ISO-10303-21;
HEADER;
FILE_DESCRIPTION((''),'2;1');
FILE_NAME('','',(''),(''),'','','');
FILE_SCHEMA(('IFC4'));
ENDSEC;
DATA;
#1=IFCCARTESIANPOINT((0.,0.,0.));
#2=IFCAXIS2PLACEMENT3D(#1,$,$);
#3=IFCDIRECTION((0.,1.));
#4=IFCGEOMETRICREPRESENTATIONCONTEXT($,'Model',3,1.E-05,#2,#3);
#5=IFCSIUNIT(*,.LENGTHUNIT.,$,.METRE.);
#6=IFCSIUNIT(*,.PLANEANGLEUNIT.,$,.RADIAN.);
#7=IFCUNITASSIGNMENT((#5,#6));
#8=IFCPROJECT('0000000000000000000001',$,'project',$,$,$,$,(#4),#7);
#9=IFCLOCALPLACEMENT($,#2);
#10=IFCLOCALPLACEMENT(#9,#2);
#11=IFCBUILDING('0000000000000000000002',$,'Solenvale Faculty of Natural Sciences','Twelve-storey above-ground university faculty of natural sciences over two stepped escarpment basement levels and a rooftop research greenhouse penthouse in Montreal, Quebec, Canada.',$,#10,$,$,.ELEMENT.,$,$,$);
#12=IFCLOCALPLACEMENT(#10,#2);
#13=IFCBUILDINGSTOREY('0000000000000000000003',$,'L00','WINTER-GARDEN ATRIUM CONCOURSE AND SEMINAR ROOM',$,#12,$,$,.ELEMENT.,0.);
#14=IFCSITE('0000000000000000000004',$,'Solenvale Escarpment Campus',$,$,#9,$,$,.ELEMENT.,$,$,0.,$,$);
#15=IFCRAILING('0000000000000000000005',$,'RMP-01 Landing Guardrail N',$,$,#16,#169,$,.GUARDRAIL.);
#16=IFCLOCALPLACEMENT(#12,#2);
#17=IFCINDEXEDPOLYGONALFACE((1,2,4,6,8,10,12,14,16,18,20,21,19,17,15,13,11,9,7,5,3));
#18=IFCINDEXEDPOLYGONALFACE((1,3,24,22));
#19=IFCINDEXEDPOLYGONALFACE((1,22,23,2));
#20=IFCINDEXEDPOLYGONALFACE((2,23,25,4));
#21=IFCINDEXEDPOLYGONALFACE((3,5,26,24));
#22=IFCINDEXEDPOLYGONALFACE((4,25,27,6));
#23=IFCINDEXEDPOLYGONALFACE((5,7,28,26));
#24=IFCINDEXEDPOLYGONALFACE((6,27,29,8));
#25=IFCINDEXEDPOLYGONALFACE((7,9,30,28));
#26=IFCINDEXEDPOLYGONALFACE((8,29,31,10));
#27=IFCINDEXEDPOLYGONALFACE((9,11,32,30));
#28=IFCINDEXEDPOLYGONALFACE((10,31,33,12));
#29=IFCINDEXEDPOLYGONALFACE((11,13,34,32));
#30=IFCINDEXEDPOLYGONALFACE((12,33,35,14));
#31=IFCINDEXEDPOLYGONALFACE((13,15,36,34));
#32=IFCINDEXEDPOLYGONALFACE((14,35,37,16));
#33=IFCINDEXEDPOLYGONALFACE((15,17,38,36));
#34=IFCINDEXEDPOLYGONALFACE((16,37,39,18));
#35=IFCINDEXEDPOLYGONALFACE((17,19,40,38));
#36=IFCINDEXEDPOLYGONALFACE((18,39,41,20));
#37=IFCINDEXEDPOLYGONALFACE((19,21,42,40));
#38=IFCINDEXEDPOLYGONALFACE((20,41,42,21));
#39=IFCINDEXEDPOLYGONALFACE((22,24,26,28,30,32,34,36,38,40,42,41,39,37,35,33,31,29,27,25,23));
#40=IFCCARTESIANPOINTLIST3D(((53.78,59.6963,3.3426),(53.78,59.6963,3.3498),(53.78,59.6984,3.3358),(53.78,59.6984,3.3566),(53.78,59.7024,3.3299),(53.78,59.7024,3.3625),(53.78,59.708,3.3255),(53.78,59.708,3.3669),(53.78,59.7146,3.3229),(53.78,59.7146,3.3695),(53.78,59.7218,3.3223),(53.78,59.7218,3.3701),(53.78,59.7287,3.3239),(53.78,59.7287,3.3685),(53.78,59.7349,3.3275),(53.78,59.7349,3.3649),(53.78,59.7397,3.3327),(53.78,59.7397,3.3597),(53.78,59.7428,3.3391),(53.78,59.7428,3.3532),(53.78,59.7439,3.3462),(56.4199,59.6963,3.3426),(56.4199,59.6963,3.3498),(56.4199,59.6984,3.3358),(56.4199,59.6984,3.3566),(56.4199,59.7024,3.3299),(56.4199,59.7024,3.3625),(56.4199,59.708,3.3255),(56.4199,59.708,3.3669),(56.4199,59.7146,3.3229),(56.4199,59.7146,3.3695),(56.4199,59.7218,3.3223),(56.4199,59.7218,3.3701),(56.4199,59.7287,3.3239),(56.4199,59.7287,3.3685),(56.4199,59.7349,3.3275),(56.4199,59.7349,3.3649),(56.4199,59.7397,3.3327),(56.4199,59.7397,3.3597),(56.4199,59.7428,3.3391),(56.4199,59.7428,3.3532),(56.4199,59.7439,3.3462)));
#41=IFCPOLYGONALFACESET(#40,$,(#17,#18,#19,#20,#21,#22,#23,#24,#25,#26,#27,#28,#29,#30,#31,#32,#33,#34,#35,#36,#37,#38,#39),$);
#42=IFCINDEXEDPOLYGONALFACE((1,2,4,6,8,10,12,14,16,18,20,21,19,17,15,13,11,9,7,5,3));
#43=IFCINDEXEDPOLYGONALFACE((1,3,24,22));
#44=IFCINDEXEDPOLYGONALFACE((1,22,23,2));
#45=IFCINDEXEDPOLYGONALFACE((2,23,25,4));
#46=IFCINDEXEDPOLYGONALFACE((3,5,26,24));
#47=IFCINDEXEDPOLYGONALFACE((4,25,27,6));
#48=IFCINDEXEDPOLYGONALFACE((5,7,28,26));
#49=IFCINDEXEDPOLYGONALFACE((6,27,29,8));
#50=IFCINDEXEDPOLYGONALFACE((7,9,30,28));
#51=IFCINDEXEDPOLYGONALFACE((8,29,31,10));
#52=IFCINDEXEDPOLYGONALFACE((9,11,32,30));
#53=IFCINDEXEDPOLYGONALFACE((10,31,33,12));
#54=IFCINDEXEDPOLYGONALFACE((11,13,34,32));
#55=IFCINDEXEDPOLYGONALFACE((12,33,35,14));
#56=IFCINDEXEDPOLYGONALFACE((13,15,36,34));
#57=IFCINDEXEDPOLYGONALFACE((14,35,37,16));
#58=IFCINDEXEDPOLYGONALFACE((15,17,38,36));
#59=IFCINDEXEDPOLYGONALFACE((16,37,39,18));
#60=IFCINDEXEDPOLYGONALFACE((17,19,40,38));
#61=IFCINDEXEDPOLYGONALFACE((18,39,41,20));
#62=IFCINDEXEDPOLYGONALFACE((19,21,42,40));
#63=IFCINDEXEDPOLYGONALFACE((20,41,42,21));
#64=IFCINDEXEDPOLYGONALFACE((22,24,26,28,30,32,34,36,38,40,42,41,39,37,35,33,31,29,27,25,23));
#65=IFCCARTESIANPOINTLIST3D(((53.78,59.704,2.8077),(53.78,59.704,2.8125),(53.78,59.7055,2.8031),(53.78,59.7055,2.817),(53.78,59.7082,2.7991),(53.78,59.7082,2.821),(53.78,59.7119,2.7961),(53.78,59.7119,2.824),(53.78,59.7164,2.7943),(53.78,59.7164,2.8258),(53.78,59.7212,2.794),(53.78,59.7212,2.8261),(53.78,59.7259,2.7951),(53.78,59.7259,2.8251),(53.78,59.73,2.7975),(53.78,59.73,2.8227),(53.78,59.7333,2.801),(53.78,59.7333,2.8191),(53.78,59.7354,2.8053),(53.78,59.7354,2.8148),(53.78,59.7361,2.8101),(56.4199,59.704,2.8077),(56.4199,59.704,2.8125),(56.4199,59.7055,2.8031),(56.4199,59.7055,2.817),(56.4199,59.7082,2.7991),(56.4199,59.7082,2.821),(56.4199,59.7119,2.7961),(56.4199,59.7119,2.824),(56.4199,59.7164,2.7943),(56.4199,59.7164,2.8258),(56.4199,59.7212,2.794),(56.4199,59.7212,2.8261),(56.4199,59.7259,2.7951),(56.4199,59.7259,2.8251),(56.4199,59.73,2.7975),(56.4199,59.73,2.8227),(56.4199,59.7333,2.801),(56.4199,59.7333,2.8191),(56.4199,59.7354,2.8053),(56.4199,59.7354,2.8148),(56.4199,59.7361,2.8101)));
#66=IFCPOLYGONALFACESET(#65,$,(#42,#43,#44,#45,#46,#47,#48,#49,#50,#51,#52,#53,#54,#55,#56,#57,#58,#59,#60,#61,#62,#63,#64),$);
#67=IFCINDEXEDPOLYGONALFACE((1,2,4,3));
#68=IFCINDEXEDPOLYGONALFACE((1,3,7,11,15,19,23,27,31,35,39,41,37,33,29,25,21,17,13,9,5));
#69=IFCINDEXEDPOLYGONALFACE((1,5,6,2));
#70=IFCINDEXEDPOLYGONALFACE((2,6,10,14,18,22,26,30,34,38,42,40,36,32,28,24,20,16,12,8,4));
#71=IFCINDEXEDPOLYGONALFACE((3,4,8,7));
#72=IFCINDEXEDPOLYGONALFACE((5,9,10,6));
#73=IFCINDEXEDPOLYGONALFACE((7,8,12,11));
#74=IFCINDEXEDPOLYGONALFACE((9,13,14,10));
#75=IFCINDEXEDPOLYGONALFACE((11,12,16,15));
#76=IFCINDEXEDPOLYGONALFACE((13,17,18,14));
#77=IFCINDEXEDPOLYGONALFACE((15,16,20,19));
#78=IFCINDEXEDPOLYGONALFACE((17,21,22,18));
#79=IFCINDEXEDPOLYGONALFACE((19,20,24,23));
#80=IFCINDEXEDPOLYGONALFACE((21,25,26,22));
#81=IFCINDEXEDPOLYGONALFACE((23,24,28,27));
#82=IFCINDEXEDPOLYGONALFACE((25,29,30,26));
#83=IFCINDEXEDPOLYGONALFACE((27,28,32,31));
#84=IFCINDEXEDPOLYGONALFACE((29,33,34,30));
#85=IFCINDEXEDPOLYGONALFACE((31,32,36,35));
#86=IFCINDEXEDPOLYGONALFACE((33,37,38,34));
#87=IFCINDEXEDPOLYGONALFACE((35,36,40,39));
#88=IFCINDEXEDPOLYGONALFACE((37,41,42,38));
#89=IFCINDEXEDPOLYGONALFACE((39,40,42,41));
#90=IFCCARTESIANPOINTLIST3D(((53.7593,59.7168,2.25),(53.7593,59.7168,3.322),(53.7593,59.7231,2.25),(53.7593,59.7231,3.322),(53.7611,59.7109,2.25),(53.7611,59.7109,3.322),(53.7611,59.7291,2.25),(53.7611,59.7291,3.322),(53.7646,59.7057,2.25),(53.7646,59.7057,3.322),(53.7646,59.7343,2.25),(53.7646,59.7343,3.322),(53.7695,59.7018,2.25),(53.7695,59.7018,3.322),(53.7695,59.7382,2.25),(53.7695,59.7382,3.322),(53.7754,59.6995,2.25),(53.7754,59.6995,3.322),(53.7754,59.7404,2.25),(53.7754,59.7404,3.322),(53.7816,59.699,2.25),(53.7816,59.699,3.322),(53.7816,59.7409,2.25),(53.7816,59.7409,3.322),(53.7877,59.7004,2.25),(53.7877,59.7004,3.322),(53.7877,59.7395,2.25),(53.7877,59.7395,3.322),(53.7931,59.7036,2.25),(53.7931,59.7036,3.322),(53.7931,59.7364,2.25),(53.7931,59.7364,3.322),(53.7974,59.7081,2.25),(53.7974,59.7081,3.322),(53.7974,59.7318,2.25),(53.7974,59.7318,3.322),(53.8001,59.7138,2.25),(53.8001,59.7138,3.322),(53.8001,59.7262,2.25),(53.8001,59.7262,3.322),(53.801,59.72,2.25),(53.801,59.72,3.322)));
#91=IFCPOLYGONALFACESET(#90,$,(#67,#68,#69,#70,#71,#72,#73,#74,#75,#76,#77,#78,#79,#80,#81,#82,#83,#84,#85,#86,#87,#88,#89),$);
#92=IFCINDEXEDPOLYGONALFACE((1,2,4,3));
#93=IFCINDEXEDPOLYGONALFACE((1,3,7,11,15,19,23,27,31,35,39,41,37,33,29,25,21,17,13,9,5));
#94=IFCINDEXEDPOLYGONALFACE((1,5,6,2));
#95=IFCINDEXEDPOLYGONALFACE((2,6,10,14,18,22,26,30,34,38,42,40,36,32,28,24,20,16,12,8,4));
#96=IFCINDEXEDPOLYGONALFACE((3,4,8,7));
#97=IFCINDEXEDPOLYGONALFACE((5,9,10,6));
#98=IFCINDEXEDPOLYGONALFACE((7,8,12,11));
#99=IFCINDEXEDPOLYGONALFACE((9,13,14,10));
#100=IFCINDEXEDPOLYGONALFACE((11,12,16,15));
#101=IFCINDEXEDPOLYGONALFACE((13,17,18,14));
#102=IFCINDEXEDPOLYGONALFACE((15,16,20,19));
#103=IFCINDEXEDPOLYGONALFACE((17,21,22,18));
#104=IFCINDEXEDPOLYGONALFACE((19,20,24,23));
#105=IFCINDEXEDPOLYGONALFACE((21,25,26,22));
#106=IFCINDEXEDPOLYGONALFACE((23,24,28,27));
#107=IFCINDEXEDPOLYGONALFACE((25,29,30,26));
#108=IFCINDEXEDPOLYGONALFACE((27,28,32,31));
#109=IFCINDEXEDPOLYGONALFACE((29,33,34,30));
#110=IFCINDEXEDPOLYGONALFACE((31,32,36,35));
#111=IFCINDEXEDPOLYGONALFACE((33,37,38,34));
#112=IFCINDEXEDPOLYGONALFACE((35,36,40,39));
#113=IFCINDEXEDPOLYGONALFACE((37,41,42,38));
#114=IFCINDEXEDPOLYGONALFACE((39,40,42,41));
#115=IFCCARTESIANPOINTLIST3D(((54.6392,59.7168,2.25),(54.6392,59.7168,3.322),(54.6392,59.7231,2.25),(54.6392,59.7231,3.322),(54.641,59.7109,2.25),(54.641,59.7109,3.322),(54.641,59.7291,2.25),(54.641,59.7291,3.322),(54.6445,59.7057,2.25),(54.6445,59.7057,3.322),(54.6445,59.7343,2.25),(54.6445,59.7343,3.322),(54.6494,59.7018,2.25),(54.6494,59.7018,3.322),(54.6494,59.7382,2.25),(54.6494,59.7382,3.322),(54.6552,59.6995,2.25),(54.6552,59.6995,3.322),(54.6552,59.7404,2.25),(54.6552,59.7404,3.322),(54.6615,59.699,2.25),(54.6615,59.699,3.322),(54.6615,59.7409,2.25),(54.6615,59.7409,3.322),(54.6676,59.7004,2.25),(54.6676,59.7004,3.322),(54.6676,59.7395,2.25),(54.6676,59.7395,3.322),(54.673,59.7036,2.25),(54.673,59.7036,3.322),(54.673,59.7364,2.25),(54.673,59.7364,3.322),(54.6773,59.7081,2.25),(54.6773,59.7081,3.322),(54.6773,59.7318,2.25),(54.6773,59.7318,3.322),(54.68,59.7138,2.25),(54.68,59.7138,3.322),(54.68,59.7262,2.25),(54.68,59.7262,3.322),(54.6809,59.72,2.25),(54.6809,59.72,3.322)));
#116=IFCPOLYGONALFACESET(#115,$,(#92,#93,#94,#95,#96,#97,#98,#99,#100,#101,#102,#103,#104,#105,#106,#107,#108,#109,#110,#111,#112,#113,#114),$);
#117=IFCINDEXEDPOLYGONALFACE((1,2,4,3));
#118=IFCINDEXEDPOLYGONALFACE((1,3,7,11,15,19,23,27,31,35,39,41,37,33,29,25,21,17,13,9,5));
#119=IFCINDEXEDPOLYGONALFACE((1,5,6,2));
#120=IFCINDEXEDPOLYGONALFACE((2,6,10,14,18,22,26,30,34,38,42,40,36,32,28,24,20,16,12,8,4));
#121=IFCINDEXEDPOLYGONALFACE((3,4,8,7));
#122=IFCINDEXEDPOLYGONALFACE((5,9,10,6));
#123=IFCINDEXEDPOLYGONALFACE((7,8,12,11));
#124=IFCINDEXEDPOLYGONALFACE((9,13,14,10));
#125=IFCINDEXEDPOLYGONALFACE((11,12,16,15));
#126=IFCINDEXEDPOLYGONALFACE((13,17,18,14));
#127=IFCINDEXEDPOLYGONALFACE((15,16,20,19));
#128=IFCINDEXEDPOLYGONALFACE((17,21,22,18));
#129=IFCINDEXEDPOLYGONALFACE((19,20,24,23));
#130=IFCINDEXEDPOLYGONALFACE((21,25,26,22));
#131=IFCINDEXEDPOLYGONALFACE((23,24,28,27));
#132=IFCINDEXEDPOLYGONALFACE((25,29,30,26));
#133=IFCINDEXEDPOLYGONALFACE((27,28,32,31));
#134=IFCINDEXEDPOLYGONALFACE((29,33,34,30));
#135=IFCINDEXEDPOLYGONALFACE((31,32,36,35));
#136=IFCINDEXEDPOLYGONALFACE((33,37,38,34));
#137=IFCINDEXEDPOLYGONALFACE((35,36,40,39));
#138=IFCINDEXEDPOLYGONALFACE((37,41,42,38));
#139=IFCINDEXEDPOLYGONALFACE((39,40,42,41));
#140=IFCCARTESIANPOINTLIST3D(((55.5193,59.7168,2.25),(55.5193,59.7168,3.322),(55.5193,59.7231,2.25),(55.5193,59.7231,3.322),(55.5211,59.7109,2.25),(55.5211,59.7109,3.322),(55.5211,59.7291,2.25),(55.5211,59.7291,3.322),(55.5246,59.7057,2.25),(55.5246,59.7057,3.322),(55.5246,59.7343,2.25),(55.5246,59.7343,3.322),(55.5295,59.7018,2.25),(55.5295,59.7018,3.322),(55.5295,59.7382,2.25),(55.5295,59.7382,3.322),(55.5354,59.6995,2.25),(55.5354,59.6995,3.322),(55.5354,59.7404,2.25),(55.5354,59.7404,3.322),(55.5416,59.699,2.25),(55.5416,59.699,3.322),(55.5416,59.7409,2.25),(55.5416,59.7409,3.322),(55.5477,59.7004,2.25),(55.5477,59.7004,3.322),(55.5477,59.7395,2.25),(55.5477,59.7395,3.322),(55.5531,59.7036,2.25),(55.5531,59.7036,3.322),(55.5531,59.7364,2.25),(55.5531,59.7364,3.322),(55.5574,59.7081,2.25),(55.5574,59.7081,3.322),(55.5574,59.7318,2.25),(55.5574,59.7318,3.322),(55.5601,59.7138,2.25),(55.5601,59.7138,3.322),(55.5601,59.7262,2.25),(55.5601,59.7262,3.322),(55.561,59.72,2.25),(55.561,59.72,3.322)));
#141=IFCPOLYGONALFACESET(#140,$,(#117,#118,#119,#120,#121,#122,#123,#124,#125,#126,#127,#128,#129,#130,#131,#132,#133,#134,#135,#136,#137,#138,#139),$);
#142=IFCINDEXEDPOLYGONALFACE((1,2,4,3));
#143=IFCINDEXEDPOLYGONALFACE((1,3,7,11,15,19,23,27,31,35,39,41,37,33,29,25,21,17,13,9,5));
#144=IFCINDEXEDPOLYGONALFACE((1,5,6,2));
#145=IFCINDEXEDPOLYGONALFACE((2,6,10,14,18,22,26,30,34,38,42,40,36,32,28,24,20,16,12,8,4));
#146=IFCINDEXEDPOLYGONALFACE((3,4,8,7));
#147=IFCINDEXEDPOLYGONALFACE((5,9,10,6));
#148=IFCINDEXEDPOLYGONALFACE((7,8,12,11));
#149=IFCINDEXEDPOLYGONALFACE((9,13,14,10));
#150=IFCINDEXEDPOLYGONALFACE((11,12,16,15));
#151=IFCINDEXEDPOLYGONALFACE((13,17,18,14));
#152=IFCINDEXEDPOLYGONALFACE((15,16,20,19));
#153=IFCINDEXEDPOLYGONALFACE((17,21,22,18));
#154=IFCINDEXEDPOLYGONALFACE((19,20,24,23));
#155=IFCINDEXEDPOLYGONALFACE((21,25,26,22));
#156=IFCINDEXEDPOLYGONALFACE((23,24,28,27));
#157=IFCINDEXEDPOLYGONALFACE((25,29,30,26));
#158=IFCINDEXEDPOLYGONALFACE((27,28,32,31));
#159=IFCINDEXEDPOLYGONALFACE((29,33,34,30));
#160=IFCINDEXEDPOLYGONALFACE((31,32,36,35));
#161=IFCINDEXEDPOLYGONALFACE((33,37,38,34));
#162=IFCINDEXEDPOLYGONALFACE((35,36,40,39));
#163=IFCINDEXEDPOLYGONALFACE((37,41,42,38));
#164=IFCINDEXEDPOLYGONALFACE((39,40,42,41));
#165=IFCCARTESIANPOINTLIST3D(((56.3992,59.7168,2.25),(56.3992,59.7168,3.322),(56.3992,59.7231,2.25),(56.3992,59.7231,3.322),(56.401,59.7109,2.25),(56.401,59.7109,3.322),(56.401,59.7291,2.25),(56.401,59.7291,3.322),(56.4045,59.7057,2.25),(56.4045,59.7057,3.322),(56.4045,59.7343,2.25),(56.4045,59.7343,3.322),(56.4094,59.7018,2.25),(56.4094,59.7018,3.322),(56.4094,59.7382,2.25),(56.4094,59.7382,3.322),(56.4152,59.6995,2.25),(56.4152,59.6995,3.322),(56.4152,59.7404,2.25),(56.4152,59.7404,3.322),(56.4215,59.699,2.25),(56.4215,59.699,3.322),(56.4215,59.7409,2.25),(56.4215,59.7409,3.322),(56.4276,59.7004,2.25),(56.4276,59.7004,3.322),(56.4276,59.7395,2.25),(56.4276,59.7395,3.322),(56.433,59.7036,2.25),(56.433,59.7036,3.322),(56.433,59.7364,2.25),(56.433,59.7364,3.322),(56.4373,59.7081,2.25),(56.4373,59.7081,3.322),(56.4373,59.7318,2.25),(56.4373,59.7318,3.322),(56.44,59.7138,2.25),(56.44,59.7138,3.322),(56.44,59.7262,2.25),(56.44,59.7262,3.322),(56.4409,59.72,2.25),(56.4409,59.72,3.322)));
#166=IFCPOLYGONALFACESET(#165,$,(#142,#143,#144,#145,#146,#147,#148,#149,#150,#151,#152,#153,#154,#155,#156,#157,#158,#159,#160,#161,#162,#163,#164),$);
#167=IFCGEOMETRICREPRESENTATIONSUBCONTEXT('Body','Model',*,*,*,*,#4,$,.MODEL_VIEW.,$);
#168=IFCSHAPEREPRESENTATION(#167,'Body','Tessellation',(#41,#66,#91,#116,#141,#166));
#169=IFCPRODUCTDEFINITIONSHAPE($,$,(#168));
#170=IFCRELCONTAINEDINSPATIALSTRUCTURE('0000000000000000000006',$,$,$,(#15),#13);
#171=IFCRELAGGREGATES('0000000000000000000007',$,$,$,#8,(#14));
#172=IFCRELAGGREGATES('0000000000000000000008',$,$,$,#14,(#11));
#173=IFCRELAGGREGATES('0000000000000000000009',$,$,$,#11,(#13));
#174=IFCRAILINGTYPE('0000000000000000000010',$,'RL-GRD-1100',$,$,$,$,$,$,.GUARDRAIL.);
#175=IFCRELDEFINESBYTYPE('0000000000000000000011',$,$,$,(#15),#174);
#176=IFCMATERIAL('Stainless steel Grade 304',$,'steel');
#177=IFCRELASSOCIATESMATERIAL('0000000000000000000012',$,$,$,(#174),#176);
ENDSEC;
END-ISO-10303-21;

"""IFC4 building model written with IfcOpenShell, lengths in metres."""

from ifc_helpers import new_model, si_unit, direction, frame, origin, origin_2d, place, context, subcontext, project, spatial, circle, extrude, material, type_object, element, save


model = new_model("IFC4")

# Units and contexts
model_context = context("Model", 3, precision=1e-05, world=origin(), true_north=direction((0.0, 1.0)))
body_context = subcontext(model_context, "Body", "Model", "MODEL_VIEW")
ifc_project = project(units=[si_unit("LENGTHUNIT", "METRE"), si_unit("PLANEANGLEUNIT", "RADIAN")], contexts=[model_context])

# Site, building, storey
site_placement = place(None, origin())
site = spatial("IfcSite", under=ifc_project, at=site_placement, Name="Solenvale Escarpment Campus", CompositionType="ELEMENT", RefElevation=0.0)
building_placement = place(site_placement, origin())
building = spatial("IfcBuilding", under=site, at=building_placement, Name="Solenvale Faculty of Natural Sciences", Description="Twelve-storey above-ground university faculty of natural sciences over two stepped escarpment basement levels and a rooftop research greenhouse penthouse in Montreal, Quebec, Canada.", CompositionType="ELEMENT")
storey_placement = place(building_placement, origin())
storey = spatial("IfcBuildingStorey", under=building, at=storey_placement, Name="L00", Description="WINTER-GARDEN ATRIUM CONCOURSE AND SEMINAR ROOM", CompositionType="ELEMENT", Elevation=0.0)

# Railing
ifc_material_1 = material(Name="Stainless steel Grade 304", Category="steel")
railing_type_1 = type_object("IfcRailingType", Name="RL-GRD-1100", PredefinedType="GUARDRAIL", material=ifc_material_1)
railing_1_placement = place(storey_placement, frame((53.78, 59.72, 2.25)))
element("IfcRailing", 1, at=railing_1_placement, inside=storey, type_object=railing_type_1, Name="RMP-01 Landing Guardrail N", PredefinedType="GUARDRAIL", context=body_context, shape_type="SweptSolid", body=[
    extrude(circle(Radius=0.0239, at=origin_2d()), frame((0.0, 0.0, 1.0962), z_axis=(1.0, 0.0, 0.0), x_axis=(0.0, 1.0, 0.0)), (0.0, 0.0, 1.0), 2.6399),
    extrude(circle(Radius=0.0161, at=origin_2d()), frame((0.0, 0.0, 0.5601), z_axis=(1.0, 0.0, 0.0), x_axis=(0.0, 1.0, 0.0)), (0.0, 0.0, 1.0), 2.6399),
    extrude(circle(Radius=0.021, at=origin_2d()), origin(), (0.0, 0.0, 1.0), 1.072),
    extrude(circle(Radius=0.021, at=origin_2d()), frame((0.8799, 0.0, 0.0)), (0.0, 0.0, 1.0), 1.072),
    extrude(circle(Radius=0.021, at=origin_2d()), frame((1.76, 0.0, 0.0)), (0.0, 0.0, 1.0), 1.072),
    extrude(circle(Radius=0.021, at=origin_2d()), frame((2.6399, 0.0, 0.0)), (0.0, 0.0, 1.0), 1.072),
])

save(model, "model.ifc")
